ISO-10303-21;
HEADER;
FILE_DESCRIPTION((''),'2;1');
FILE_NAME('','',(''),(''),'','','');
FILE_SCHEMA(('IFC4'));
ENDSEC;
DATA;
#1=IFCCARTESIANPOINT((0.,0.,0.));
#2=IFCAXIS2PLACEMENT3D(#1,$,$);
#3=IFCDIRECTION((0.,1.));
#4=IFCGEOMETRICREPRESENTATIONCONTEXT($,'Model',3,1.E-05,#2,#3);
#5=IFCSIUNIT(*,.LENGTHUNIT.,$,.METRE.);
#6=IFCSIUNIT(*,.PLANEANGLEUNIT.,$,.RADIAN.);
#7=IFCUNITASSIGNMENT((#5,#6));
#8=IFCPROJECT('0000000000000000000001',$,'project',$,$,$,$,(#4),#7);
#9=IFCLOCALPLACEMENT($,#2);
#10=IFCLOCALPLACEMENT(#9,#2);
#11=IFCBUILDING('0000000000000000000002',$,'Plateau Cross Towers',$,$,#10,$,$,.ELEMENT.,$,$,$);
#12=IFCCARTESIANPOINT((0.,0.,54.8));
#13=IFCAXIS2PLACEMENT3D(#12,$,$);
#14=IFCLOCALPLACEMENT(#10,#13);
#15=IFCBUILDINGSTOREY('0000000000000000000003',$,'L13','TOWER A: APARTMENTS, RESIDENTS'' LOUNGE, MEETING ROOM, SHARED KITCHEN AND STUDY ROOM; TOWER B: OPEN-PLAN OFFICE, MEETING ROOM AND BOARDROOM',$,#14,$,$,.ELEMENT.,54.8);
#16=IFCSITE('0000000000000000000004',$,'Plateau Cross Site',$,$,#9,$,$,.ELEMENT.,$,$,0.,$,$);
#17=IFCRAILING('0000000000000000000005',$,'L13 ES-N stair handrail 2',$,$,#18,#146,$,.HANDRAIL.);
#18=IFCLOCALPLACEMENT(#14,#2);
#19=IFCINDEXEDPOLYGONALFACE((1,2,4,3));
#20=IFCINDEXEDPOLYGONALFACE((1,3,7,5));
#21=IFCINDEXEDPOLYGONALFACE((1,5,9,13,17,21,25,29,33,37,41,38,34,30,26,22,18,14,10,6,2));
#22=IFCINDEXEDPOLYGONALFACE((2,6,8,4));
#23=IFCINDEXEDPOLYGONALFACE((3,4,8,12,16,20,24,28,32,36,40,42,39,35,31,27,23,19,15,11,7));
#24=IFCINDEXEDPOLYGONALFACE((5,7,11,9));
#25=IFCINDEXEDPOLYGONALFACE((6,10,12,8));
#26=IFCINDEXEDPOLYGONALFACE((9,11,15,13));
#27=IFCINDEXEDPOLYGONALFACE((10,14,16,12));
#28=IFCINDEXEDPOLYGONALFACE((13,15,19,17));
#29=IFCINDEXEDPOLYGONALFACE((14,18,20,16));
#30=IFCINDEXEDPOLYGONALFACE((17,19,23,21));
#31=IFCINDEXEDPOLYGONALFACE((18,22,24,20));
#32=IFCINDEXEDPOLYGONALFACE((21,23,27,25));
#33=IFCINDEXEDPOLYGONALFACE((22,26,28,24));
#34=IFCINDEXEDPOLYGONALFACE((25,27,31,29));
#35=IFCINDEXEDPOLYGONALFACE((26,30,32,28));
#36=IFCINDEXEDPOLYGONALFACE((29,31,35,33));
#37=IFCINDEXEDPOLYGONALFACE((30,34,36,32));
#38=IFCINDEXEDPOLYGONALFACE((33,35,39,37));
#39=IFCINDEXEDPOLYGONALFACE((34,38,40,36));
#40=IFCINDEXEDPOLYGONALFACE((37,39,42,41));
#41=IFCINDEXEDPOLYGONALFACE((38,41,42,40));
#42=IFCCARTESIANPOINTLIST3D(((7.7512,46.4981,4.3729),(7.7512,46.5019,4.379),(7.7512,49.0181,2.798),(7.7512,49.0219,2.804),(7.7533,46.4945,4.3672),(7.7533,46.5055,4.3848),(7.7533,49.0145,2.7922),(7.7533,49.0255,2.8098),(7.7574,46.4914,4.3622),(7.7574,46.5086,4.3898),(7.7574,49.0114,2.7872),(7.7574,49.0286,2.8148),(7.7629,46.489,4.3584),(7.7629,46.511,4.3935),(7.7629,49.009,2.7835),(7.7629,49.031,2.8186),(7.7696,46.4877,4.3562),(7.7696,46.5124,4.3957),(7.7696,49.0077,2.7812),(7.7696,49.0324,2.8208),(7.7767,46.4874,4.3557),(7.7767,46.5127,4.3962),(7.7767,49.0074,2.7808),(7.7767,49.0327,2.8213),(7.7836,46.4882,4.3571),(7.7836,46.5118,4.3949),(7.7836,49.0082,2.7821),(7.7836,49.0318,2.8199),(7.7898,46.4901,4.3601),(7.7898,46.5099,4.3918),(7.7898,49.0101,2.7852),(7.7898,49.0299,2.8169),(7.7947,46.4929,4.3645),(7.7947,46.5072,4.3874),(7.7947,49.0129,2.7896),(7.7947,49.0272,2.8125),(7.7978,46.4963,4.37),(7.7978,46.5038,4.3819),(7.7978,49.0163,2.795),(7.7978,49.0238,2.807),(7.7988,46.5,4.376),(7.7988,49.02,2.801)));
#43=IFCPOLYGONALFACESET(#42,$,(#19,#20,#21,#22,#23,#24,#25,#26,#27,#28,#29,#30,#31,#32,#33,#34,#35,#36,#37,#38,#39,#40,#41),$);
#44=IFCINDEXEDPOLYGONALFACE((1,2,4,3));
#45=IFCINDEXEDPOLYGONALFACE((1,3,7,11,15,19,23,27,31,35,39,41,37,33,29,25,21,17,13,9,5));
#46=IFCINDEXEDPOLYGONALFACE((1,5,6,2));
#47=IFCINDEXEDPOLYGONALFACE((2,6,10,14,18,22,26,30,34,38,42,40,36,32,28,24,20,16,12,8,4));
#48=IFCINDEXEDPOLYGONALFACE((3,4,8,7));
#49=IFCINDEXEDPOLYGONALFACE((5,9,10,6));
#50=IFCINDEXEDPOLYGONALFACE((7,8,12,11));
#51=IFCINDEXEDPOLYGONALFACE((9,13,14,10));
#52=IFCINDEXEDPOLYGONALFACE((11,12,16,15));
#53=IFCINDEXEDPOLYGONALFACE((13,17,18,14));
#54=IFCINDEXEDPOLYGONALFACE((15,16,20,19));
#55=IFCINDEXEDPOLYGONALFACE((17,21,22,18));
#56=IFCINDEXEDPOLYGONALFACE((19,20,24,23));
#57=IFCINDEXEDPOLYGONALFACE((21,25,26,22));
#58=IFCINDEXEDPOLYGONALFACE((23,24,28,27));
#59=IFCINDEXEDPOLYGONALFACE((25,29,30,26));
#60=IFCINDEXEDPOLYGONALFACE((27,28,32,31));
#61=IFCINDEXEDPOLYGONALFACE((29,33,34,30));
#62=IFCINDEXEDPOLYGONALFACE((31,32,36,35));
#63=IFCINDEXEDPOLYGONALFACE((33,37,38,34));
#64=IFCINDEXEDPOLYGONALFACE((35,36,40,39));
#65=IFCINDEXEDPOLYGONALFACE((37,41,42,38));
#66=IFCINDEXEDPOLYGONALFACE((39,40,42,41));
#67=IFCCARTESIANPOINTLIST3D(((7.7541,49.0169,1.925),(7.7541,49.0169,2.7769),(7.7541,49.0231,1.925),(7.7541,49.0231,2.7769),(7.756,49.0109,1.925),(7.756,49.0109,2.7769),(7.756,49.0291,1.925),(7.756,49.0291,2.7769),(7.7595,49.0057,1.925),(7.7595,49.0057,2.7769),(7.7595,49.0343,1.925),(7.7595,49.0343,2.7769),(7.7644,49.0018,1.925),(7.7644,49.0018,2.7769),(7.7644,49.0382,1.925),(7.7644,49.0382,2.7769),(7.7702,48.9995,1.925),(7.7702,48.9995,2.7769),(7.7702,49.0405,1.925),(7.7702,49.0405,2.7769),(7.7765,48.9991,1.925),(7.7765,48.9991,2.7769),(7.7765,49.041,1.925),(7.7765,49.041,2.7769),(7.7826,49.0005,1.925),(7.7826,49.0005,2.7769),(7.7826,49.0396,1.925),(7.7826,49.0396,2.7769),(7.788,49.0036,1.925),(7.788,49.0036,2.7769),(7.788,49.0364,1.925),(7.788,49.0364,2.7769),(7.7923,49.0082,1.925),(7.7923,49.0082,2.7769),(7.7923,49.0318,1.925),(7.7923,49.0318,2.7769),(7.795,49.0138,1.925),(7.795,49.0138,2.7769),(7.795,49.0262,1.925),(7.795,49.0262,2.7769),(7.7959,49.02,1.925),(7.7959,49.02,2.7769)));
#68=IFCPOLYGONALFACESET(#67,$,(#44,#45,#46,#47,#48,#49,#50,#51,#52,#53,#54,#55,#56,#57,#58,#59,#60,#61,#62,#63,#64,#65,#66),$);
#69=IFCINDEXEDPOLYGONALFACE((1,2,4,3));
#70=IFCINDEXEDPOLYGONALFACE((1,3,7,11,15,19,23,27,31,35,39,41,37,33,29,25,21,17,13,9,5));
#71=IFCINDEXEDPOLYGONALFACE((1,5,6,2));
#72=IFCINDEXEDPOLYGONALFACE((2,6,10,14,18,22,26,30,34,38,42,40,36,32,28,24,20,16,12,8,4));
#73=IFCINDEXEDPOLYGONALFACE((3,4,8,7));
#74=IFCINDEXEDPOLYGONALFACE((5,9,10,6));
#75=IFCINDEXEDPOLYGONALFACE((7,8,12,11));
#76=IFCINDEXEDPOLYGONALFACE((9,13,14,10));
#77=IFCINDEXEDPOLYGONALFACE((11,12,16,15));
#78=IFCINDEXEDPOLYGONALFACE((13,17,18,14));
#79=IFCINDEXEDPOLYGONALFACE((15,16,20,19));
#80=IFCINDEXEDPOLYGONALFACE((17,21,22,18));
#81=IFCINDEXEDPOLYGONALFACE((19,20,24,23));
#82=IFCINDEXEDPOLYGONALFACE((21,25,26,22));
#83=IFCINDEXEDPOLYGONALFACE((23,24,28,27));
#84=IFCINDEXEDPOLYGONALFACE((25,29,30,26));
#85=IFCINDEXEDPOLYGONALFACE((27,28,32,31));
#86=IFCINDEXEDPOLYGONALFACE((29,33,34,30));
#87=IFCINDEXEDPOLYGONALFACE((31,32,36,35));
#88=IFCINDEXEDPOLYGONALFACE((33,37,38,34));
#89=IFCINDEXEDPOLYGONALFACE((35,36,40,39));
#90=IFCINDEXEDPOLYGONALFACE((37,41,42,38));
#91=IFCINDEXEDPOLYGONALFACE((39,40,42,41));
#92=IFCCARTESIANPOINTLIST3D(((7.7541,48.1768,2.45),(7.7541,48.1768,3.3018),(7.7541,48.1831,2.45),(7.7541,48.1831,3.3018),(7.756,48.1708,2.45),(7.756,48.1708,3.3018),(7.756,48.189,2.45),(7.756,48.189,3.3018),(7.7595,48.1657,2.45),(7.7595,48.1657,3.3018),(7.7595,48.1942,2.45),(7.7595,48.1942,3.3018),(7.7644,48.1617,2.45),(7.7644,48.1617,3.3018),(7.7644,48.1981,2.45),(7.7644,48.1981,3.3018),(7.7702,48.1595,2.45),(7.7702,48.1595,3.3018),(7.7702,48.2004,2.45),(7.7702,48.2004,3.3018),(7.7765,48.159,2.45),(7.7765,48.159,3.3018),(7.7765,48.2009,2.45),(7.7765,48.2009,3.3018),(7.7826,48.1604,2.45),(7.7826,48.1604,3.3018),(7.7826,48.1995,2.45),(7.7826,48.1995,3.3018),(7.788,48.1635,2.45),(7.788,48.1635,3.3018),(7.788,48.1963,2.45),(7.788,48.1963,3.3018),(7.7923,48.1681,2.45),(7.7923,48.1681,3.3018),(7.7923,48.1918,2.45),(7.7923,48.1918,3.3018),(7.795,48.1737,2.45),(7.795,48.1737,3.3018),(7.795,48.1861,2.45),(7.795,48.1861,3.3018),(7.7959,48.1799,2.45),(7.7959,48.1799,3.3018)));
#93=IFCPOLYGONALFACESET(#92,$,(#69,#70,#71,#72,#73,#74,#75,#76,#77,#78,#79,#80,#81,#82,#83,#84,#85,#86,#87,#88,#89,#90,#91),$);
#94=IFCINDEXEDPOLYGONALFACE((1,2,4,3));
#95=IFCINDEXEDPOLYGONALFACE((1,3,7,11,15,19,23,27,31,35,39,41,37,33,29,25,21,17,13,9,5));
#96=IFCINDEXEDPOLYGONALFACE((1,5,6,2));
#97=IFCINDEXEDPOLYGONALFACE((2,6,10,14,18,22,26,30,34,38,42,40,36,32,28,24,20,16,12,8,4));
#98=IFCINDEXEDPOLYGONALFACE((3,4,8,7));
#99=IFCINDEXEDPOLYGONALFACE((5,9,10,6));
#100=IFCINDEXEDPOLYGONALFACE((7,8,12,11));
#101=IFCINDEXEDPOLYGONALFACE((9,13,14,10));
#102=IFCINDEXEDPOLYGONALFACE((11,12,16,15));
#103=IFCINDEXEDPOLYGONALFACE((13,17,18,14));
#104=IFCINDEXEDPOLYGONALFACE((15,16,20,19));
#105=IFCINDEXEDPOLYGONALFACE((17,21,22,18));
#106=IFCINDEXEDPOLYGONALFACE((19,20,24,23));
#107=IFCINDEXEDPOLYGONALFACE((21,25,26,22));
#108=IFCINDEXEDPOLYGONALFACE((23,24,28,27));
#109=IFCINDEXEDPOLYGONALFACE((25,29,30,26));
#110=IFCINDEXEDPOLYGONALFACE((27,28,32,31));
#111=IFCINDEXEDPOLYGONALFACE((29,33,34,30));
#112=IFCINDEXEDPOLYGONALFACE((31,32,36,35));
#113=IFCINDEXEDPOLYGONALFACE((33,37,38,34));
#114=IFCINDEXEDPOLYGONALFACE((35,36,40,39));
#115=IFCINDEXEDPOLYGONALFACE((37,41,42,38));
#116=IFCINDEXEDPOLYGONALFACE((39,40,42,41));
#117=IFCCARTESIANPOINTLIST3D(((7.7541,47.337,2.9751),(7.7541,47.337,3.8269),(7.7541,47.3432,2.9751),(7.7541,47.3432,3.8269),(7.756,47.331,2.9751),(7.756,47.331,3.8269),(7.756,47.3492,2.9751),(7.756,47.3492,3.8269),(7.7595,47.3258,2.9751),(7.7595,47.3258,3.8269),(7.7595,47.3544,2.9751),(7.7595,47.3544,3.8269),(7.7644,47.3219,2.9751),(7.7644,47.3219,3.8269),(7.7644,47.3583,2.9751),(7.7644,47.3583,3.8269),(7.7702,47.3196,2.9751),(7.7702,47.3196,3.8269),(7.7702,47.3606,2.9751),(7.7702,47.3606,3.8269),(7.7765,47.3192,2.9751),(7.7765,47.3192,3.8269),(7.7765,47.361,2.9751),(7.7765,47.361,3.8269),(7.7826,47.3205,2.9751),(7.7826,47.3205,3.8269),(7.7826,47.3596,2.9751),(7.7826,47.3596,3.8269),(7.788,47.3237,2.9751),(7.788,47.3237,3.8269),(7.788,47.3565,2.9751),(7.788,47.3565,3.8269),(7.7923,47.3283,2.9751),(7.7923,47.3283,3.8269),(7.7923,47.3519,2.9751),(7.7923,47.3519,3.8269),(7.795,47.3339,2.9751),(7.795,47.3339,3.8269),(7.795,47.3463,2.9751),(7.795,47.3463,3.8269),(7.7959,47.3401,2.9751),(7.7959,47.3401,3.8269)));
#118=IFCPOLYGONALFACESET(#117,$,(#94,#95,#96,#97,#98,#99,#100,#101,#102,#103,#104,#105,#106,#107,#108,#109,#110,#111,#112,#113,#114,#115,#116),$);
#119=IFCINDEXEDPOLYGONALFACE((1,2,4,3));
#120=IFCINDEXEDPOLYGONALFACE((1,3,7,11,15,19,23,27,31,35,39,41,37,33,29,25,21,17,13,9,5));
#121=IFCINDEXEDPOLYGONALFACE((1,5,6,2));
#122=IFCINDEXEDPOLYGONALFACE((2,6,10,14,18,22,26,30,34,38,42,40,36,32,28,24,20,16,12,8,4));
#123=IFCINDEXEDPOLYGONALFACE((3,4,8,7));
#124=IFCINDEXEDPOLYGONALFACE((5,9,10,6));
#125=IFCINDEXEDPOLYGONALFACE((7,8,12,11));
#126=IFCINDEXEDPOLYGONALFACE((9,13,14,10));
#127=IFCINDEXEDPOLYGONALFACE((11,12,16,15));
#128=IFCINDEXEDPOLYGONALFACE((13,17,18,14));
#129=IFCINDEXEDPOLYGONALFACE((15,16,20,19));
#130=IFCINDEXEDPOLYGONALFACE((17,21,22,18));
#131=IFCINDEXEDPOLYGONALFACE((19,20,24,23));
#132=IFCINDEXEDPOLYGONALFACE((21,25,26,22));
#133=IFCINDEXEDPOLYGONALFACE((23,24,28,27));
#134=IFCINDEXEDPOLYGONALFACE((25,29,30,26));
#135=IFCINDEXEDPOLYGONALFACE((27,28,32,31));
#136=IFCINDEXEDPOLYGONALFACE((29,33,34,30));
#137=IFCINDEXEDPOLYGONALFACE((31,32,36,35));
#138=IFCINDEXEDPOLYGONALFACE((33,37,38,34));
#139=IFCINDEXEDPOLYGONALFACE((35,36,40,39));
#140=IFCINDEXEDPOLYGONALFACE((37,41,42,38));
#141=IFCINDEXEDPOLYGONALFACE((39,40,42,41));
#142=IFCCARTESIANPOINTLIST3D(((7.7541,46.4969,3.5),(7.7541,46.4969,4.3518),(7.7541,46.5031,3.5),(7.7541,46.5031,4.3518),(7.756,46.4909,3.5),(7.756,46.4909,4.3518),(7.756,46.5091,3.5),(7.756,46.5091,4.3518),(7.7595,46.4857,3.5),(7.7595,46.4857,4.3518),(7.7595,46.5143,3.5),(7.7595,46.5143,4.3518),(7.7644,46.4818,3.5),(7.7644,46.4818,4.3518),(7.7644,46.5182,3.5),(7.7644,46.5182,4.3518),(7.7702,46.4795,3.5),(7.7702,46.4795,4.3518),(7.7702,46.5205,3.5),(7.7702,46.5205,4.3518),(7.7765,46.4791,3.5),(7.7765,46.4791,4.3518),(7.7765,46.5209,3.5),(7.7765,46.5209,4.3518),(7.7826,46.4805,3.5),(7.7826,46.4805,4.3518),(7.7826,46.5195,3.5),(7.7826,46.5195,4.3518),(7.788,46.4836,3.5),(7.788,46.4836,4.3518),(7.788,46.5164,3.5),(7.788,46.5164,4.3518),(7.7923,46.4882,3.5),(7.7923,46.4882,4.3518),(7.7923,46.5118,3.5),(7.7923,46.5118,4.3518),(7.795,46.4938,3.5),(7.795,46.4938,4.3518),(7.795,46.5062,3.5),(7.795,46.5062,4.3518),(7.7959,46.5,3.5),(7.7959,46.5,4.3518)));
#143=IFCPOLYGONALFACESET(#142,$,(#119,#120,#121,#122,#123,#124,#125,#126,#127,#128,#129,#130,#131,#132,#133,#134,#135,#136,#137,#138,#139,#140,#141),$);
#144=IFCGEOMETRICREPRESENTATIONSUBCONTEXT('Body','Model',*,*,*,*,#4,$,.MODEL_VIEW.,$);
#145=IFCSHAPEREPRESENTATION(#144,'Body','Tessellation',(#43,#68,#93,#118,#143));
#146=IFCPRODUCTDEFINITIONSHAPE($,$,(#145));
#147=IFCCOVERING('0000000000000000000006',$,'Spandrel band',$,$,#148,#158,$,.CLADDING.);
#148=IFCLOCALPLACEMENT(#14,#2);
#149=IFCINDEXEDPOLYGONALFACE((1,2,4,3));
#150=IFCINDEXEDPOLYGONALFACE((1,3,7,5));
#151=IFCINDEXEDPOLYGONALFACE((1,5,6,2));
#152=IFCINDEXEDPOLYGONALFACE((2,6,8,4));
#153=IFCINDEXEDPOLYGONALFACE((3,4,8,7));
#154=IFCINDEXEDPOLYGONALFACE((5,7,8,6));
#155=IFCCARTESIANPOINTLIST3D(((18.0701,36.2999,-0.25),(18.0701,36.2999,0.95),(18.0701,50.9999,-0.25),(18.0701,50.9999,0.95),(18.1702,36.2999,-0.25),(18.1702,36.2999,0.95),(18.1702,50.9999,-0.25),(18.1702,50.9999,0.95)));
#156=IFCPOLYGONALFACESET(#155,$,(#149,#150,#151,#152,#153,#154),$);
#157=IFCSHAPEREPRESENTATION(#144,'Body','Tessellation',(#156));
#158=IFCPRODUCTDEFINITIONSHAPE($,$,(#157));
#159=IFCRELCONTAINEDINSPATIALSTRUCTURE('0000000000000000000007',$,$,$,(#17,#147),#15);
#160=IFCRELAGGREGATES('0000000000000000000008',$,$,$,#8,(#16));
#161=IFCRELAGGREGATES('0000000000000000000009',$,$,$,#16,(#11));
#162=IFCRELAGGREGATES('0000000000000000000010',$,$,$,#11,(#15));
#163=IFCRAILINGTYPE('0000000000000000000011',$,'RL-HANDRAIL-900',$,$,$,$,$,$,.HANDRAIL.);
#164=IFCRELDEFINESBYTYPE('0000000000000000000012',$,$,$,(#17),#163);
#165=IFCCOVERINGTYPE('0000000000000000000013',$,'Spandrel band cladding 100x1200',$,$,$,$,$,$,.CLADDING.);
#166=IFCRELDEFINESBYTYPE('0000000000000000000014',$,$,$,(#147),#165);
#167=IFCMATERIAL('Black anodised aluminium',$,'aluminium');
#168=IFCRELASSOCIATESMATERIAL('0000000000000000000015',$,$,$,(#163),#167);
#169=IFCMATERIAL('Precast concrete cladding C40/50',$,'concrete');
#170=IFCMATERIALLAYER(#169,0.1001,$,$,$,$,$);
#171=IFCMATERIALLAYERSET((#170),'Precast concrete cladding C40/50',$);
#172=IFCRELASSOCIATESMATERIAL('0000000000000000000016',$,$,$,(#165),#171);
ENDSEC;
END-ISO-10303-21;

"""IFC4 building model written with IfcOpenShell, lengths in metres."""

from ifc_helpers import new_model, si_unit, direction, frame, origin, origin_2d, place, context, subcontext, project, spatial, rectangle, circle, extrude, material, layer, layer_set, type_object, element, save


model = new_model("IFC4")

# Units and contexts
model_context = context("Model", 3, precision=1e-05, world=origin(), true_north=direction((0.0, 1.0)))
body_context = subcontext(model_context, "Body", "Model", "MODEL_VIEW")
ifc_project = project(units=[si_unit("LENGTHUNIT", "METRE"), si_unit("PLANEANGLEUNIT", "RADIAN")], contexts=[model_context])

# Site, building, storey
site_placement = place(None, origin())
site = spatial("IfcSite", under=ifc_project, at=site_placement, Name="Plateau Cross Site", CompositionType="ELEMENT", RefElevation=0.0)
building_placement = place(site_placement, origin())
building = spatial("IfcBuilding", under=site, at=building_placement, Name="Plateau Cross Towers", CompositionType="ELEMENT")
storey_placement = place(building_placement, frame((0.0, 0.0, 54.8)))
storey = spatial("IfcBuildingStorey", under=building, at=storey_placement, Name="L13", Description="TOWER A: APARTMENTS, RESIDENTS' LOUNGE, MEETING ROOM, SHARED KITCHEN AND STUDY ROOM; TOWER B: OPEN-PLAN OFFICE, MEETING ROOM AND BOARDROOM", CompositionType="ELEMENT", Elevation=54.8)

# Shared definitions
ifc_material_1 = material(Name="Black anodised aluminium", Category="aluminium")

# Railing
railing_type_1 = type_object("IfcRailingType", Name="RL-HANDRAIL-900", PredefinedType="HANDRAIL", material=ifc_material_1)
railing_1_placement = place(storey_placement, frame((7.7749, 49.02, 1.925)))
element("IfcRailing", 1, at=railing_1_placement, inside=storey, type_object=railing_type_1, Name="L13 ES-N stair handrail 2", PredefinedType="HANDRAIL", context=body_context, shape_type="SweptSolid", body=[
    extrude(circle(Radius=0.0239, at=origin_2d()), frame((0.0, 0.0, 0.876), z_axis=(0.0, -0.848008, 0.529984), x_axis=(1.0, 0.0, 0.0)), (0.0, 0.0, 1.0), 2.9717),
    extrude(circle(Radius=0.021, at=origin_2d()), origin(), (0.0, 0.0, 1.0), 0.8518),
    extrude(circle(Radius=0.021, at=origin_2d()), frame((0.0, -0.8401, 0.5249)), (0.0, 0.0, 1.0), 0.8518),
    extrude(circle(Radius=0.021, at=origin_2d()), frame((0.0, -1.6799, 1.05)), (0.0, 0.0, 1.0), 0.8518),
    extrude(circle(Radius=0.021, at=origin_2d()), frame((0.0, -2.52, 1.575)), (0.0, 0.0, 1.0), 0.8518),
])

# Covering
ifc_material_2 = material(Name="Precast concrete cladding C40/50", Category="concrete")
ifc_layer_1 = layer(ifc_material_2, 0.1001)
ifc_layer_set_1 = layer_set([ifc_layer_1], Name="Precast concrete cladding C40/50")
covering_type = type_object("IfcCoveringType", Name="Spandrel band cladding 100x1200", PredefinedType="CLADDING", material=ifc_layer_set_1)
covering_placement = place(storey_placement, frame((18.1201, 43.6499, -0.25), z_axis=(0.0, 0.0, 1.0), x_axis=(0.0, 1.0, 0.0)))
element("IfcCovering", 2, at=covering_placement, inside=storey, type_object=covering_type, Name="Spandrel band", PredefinedType="CLADDING", context=body_context, shape_type="SweptSolid", body=[
    extrude(rectangle(XDim=14.7, YDim=0.1001, at=origin_2d()), origin(), (0.0, 0.0, 1.0), 1.2),
])

save(model, "model.ifc")
